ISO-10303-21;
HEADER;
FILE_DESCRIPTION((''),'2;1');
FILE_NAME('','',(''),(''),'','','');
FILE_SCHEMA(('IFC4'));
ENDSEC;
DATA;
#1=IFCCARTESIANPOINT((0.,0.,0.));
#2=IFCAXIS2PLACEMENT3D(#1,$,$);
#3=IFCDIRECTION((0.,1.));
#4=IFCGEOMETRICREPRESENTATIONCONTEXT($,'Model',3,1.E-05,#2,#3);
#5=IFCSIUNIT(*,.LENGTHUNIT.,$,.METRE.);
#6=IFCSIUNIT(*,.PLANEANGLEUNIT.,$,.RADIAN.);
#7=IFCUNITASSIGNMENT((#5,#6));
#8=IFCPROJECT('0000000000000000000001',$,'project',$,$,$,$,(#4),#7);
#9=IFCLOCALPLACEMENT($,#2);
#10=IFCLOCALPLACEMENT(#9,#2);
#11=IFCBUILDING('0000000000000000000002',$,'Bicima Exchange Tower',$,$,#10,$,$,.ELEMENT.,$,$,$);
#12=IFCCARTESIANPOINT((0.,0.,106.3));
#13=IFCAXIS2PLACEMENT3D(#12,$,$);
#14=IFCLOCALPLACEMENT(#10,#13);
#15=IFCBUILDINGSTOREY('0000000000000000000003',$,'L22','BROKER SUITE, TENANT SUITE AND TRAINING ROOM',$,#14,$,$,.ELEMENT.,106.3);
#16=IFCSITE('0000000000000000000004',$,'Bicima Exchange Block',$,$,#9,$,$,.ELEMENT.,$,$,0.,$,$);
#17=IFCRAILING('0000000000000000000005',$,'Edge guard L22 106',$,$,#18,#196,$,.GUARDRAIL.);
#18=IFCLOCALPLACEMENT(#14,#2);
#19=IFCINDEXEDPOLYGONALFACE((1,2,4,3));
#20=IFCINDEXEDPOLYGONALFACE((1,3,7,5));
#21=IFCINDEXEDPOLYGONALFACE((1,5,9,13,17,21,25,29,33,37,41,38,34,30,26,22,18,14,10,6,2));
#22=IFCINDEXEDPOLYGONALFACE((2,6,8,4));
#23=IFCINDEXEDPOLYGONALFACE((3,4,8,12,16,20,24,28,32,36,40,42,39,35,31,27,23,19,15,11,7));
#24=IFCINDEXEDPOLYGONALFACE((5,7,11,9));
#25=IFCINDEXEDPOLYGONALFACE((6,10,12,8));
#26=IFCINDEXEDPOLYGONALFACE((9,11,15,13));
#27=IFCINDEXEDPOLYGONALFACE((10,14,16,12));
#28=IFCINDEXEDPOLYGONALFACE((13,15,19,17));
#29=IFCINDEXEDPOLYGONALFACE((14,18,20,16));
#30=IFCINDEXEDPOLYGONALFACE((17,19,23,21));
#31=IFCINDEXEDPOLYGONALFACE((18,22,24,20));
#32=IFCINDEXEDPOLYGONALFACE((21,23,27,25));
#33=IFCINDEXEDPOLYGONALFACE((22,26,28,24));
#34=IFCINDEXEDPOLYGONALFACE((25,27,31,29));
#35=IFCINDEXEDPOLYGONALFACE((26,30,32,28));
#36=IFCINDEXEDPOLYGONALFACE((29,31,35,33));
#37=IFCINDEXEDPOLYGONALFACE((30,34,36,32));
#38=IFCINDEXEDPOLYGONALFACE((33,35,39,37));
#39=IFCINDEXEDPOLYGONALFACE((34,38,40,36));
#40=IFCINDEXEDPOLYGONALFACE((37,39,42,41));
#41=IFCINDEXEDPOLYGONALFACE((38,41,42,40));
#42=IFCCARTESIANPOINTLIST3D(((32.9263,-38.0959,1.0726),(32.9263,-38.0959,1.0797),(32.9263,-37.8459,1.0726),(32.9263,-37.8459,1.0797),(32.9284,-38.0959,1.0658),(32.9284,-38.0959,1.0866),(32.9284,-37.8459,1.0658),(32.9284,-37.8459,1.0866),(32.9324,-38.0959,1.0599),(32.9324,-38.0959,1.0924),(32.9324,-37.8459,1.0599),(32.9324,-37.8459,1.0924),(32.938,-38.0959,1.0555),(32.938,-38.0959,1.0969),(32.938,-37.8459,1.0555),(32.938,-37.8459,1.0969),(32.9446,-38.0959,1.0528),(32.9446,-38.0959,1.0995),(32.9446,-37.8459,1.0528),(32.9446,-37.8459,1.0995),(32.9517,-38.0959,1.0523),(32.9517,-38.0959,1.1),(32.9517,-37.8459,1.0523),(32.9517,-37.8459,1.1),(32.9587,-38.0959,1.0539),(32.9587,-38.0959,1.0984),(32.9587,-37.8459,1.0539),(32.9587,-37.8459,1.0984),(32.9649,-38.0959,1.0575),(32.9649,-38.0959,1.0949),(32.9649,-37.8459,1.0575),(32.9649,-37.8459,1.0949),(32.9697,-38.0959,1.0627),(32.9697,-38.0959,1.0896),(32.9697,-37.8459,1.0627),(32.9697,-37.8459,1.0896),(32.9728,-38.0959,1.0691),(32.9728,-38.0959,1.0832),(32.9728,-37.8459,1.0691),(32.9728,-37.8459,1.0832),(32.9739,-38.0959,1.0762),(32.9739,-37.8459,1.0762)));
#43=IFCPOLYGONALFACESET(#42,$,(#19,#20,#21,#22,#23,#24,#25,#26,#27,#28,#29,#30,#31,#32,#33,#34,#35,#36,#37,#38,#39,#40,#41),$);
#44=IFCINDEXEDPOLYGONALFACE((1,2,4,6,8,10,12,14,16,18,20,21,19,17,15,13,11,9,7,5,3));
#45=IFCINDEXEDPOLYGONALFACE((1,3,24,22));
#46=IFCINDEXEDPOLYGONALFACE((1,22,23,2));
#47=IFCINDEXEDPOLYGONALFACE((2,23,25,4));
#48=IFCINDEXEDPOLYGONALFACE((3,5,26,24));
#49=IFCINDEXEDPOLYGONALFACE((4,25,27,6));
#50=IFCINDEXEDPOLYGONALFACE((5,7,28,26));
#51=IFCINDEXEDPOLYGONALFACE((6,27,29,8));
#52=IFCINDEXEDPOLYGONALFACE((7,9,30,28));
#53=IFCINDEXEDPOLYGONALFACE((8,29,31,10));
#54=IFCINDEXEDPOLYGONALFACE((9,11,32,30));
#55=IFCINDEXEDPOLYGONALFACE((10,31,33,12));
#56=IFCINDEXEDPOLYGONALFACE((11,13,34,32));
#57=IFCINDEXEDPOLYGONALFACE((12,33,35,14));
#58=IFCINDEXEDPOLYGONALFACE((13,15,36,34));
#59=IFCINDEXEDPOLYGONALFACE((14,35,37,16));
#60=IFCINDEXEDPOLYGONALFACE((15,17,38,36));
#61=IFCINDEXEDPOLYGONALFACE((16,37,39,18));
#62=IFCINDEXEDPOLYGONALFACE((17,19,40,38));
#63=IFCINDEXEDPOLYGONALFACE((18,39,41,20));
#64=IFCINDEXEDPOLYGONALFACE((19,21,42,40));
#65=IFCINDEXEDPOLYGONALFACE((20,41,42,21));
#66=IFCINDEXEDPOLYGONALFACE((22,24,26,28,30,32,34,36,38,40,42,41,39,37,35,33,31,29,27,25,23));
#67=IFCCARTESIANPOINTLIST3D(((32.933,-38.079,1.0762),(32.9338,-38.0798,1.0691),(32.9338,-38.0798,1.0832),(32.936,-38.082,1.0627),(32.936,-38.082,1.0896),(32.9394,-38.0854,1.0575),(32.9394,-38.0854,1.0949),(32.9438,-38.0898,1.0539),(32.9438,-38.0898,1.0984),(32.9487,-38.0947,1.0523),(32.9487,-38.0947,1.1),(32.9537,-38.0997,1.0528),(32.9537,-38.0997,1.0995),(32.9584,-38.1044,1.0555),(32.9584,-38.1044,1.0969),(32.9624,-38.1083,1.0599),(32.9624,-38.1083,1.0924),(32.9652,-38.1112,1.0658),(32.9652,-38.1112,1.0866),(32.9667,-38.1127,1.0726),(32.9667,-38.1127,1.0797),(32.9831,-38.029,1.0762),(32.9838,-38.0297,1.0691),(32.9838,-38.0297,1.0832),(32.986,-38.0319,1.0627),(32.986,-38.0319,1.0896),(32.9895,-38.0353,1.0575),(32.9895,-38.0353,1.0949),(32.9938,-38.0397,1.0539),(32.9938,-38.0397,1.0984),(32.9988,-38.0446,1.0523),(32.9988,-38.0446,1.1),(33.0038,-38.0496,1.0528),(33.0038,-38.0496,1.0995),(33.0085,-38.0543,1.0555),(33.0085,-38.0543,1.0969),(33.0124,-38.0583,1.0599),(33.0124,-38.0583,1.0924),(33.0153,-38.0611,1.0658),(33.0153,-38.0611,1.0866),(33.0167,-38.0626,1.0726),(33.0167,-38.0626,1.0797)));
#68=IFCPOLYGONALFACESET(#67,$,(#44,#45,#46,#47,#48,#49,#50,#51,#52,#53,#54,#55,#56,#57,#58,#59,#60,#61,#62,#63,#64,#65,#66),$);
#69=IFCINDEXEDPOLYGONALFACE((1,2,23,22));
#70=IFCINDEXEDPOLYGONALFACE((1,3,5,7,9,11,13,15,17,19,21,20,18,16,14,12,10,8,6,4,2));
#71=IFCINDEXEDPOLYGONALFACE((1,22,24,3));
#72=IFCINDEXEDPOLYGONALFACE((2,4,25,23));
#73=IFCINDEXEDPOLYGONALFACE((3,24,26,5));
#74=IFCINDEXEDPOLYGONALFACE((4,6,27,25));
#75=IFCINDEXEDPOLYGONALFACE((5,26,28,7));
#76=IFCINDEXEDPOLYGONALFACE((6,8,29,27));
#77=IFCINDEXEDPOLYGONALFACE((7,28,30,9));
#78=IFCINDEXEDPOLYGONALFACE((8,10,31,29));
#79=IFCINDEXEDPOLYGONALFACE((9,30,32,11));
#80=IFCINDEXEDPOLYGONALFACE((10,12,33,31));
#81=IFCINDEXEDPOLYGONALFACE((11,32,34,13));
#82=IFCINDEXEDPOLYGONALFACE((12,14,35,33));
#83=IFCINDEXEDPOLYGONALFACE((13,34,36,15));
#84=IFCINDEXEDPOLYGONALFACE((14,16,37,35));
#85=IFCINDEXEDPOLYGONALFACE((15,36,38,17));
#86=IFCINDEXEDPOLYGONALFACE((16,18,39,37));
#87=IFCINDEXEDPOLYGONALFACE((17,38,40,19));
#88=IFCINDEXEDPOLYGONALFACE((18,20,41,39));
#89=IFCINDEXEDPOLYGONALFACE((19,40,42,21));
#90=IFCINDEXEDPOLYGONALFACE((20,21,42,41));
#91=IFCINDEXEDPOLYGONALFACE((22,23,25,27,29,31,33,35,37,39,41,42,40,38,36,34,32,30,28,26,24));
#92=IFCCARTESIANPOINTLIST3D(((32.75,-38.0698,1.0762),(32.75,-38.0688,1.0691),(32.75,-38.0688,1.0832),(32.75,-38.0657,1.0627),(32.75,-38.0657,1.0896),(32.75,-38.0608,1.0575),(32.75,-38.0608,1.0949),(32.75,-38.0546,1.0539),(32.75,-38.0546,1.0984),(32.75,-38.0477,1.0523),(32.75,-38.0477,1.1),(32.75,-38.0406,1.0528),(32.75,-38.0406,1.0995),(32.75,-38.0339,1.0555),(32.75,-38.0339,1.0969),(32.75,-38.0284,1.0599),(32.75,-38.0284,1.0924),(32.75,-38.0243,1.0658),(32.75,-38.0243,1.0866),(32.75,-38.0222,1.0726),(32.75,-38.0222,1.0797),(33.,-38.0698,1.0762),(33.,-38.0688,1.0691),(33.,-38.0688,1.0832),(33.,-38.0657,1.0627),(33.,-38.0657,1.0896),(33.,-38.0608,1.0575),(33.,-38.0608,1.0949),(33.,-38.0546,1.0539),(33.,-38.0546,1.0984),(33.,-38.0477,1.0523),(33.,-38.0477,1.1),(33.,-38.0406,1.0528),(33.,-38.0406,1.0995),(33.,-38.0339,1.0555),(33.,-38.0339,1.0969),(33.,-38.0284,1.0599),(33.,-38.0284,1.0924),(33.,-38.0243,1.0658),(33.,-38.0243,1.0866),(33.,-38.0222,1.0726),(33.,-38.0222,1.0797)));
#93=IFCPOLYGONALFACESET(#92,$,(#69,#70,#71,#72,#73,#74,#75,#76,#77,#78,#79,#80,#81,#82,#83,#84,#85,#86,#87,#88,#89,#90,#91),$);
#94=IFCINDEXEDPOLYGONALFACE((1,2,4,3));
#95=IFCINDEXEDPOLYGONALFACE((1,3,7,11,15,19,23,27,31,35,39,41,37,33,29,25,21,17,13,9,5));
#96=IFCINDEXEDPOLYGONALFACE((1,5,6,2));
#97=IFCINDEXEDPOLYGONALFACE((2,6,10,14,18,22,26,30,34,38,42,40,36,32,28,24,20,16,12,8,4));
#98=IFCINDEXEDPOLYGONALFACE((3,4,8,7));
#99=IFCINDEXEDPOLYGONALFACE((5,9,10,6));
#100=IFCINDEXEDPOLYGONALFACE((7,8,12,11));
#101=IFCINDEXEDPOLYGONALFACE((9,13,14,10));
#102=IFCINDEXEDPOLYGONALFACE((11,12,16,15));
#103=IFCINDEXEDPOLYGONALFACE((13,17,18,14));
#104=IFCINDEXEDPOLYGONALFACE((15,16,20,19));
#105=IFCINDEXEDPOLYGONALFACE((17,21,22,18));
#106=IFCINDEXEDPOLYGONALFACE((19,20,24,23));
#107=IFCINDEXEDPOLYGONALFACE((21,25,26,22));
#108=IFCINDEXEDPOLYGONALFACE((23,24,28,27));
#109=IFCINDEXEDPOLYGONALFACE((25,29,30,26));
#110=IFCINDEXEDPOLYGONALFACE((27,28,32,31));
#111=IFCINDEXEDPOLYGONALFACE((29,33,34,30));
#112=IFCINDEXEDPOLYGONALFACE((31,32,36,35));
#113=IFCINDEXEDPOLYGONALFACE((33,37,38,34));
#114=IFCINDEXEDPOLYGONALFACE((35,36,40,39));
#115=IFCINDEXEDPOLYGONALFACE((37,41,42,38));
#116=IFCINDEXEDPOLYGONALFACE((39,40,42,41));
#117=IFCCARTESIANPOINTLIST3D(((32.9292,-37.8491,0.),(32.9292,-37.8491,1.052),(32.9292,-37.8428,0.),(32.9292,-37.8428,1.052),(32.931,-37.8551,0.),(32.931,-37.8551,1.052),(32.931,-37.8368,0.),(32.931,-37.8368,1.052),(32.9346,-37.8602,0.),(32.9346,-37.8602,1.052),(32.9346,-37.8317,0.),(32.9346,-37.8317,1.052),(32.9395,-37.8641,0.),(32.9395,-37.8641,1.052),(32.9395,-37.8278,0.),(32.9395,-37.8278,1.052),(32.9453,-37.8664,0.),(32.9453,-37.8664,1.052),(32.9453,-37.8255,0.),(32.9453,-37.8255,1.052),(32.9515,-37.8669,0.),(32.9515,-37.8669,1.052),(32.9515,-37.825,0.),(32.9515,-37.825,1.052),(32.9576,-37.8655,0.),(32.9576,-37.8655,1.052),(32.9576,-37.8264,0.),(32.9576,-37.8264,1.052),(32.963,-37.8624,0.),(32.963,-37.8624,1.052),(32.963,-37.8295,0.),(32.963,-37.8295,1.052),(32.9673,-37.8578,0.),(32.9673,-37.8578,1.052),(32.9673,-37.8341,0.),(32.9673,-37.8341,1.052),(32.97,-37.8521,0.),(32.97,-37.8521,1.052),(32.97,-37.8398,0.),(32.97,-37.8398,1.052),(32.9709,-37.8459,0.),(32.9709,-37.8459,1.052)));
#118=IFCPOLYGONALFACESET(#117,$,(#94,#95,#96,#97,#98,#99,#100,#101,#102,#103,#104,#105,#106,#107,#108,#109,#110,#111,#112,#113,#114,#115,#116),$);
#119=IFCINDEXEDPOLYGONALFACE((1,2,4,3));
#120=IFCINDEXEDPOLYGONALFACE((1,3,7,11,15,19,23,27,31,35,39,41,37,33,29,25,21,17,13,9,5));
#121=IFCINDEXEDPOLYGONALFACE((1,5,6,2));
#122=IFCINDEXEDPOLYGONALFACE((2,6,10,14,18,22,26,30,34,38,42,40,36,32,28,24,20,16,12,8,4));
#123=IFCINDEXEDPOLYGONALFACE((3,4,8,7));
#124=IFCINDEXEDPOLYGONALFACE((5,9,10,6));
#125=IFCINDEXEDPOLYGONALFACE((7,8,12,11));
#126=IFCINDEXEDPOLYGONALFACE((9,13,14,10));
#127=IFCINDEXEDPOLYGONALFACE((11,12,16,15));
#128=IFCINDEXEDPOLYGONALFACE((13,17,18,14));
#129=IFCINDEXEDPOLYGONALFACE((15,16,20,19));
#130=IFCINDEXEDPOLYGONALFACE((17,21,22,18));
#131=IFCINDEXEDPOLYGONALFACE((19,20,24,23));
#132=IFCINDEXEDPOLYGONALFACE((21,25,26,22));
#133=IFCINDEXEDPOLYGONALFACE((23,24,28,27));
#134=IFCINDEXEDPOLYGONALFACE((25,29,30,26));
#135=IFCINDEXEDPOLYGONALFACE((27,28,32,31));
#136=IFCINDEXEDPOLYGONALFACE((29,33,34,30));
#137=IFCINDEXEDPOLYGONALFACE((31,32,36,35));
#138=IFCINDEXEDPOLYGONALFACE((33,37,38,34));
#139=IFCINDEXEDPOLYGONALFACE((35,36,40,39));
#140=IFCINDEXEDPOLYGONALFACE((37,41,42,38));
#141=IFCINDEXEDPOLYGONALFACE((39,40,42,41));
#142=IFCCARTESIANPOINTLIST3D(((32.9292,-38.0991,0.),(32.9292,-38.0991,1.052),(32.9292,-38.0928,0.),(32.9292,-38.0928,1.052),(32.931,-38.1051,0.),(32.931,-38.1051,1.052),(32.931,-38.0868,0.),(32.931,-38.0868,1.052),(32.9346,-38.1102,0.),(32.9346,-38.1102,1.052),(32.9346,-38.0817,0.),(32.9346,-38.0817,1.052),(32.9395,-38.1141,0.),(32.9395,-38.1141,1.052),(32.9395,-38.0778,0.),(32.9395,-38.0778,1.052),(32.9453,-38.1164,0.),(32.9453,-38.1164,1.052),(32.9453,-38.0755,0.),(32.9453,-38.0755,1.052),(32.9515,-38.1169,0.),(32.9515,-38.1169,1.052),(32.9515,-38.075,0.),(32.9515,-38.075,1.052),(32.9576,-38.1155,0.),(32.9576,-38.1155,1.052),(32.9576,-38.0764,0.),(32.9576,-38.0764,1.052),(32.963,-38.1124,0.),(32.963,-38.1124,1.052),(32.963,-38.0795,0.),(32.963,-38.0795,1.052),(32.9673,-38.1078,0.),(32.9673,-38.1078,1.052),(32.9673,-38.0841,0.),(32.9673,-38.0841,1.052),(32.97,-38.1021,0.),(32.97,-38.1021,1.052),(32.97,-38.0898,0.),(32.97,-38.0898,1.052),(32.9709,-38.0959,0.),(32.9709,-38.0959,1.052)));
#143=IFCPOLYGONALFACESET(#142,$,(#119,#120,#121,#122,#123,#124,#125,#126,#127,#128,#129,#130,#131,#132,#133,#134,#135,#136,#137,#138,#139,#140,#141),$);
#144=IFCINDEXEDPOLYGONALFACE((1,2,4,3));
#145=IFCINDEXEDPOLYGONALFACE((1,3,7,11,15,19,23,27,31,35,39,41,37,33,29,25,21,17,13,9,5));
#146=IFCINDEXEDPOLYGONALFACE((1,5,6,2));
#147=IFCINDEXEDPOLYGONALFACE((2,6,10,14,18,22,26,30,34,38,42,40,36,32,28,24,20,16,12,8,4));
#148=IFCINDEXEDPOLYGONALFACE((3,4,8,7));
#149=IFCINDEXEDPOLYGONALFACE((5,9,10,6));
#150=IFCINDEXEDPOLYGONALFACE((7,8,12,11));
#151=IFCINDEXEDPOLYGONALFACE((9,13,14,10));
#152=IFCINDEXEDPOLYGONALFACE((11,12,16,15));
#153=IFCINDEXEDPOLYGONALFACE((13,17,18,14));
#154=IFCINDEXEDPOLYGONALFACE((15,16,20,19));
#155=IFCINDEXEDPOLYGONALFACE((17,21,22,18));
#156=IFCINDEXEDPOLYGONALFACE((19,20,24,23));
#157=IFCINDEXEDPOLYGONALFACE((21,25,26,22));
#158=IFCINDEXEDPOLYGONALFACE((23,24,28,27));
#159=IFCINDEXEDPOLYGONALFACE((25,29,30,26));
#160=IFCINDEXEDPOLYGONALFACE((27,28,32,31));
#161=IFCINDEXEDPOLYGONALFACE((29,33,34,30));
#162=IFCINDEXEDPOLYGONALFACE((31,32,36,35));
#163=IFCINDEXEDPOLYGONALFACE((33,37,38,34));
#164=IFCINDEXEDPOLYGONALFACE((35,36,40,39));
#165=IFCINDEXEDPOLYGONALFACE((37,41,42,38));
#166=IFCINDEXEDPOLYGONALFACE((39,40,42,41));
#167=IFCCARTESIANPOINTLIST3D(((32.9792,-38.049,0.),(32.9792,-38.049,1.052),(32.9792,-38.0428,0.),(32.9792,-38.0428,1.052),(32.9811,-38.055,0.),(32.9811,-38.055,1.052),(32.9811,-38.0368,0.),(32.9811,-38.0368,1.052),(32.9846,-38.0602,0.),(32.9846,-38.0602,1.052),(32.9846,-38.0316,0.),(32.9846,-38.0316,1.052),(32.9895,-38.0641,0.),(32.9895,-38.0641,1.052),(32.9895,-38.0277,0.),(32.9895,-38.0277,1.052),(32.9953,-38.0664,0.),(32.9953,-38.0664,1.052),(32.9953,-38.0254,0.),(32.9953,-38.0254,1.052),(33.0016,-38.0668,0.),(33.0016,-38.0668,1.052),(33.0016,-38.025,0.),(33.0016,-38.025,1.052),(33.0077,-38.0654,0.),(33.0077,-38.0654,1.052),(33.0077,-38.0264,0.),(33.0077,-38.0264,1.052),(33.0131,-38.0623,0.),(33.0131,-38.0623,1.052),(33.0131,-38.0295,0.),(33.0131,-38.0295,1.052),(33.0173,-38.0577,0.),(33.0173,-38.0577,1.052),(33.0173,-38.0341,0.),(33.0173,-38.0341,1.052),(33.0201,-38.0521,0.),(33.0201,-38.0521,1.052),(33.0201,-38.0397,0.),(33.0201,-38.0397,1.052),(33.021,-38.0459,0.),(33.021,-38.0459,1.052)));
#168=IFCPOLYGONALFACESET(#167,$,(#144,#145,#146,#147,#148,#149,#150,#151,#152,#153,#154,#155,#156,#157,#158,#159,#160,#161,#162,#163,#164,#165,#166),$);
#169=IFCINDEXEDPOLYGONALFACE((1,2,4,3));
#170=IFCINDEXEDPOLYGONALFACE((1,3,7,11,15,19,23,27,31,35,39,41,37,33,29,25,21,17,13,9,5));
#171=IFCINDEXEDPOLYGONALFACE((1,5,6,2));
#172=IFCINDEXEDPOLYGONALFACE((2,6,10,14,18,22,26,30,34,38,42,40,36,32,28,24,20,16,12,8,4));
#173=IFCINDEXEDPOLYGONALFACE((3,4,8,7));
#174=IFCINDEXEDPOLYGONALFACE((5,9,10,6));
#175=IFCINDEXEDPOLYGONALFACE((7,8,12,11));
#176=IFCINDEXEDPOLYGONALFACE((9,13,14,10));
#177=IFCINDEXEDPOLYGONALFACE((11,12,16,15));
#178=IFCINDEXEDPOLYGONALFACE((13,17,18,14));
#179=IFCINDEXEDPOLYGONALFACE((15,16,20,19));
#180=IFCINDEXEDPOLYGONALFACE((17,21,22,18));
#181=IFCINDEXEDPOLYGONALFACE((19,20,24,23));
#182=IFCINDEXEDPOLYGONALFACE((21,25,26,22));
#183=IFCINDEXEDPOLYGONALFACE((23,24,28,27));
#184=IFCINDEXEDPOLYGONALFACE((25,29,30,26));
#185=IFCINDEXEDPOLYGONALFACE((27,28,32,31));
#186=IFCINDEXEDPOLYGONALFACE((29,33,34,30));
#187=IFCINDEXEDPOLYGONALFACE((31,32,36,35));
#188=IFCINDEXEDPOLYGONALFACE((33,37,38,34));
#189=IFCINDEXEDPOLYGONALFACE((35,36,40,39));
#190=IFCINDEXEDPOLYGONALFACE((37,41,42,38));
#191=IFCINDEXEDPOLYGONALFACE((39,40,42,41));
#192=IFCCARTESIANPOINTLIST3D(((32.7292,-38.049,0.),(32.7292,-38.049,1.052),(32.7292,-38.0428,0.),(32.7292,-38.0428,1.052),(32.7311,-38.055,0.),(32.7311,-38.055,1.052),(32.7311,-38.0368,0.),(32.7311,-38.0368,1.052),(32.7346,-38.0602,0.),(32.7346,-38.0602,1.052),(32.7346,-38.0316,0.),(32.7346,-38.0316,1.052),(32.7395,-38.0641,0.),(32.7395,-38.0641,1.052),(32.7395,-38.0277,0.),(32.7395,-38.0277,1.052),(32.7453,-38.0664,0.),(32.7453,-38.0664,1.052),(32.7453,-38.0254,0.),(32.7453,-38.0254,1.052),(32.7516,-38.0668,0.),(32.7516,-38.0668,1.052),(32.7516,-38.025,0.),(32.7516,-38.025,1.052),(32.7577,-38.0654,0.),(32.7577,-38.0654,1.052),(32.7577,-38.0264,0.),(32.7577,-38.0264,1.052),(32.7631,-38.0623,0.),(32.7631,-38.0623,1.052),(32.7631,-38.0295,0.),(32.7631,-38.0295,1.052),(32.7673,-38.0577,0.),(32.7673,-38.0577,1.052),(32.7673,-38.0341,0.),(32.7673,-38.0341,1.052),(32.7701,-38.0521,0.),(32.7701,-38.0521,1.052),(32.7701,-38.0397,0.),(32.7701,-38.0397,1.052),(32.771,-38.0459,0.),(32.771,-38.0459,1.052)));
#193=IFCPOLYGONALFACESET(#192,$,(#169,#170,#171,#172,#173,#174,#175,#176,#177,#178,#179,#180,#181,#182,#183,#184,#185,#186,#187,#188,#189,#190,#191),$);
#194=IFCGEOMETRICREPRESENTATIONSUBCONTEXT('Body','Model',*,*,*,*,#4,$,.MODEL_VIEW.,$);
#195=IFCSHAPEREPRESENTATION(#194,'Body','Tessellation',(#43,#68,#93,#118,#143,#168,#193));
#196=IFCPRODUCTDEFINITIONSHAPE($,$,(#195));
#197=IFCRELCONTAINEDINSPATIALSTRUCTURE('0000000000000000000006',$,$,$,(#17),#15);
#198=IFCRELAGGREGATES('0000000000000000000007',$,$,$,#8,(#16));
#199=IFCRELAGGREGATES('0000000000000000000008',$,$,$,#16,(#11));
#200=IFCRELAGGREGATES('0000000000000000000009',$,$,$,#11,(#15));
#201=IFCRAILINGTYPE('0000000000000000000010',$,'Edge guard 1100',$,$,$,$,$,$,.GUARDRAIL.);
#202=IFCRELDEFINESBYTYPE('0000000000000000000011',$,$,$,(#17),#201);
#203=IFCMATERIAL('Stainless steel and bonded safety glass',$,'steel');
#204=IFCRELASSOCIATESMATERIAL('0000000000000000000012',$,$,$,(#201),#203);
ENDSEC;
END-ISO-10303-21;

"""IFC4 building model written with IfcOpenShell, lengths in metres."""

from ifc_helpers import new_model, si_unit, direction, frame, origin, origin_2d, place, context, subcontext, project, spatial, circle, extrude, material, type_object, element, save


model = new_model("IFC4")

# Units and contexts
model_context = context("Model", 3, precision=1e-05, world=origin(), true_north=direction((0.0, 1.0)))
body_context = subcontext(model_context, "Body", "Model", "MODEL_VIEW")
ifc_project = project(units=[si_unit("LENGTHUNIT", "METRE"), si_unit("PLANEANGLEUNIT", "RADIAN")], contexts=[model_context])

# Site, building, storey
site_placement = place(None, origin())
site = spatial("IfcSite", under=ifc_project, at=site_placement, Name="Bicima Exchange Block", CompositionType="ELEMENT", RefElevation=0.0)
building_placement = place(site_placement, origin())
building = spatial("IfcBuilding", under=site, at=building_placement, Name="Bicima Exchange Tower", CompositionType="ELEMENT")
storey_placement = place(building_placement, frame((0.0, 0.0, 106.3)))
storey = spatial("IfcBuildingStorey", under=building, at=storey_placement, Name="L22", Description="BROKER SUITE, TENANT SUITE AND TRAINING ROOM", CompositionType="ELEMENT", Elevation=106.3)

# Railing
ifc_material_1 = material(Name="Stainless steel and bonded safety glass", Category="steel")
railing_type = type_object("IfcRailingType", Name="Edge guard 1100", PredefinedType="GUARDRAIL", material=ifc_material_1)
railing_1_placement = place(storey_placement, frame((32.95, -37.8459, 0.0)))
element("IfcRailing", 1, at=railing_1_placement, inside=storey, type_object=railing_type, Name="Edge guard L22 106", PredefinedType="GUARDRAIL", context=body_context, shape_type="SweptSolid", body=[
    extrude(circle(Radius=0.0239, at=origin_2d()), frame((0.0, 0.0, 1.0762), z_axis=(0.0, -1.0, 0.0), x_axis=(1.0, 0.0, 0.0)), (0.0, 0.0, 1.0), 0.25),
    extrude(circle(Radius=0.0239, at=origin_2d()), frame((0.0, -0.25, 1.0762), z_axis=(0.707107, 0.707107, 0.0), x_axis=(-0.707107, 0.707107, 0.0)), (0.0, 0.0, 1.0), 0.0708),
    extrude(circle(Radius=0.0239, at=origin_2d()), frame((0.05, -0.2, 1.0762), z_axis=(-1.0, 0.0, 0.0), x_axis=(0.0, -1.0, 0.0)), (0.0, 0.0, 1.0), 0.25),
    extrude(circle(Radius=0.021, at=origin_2d()), origin(), (0.0, 0.0, 1.0), 1.052),
    extrude(circle(Radius=0.021, at=origin_2d()), frame((0.0, -0.25, 0.0)), (0.0, 0.0, 1.0), 1.052),
    extrude(circle(Radius=0.021, at=origin_2d()), frame((0.05, -0.2, 0.0)), (0.0, 0.0, 1.0), 1.052),
    extrude(circle(Radius=0.021, at=origin_2d()), frame((-0.2, -0.2, 0.0)), (0.0, 0.0, 1.0), 1.052),
])

save(model, "model.ifc")
